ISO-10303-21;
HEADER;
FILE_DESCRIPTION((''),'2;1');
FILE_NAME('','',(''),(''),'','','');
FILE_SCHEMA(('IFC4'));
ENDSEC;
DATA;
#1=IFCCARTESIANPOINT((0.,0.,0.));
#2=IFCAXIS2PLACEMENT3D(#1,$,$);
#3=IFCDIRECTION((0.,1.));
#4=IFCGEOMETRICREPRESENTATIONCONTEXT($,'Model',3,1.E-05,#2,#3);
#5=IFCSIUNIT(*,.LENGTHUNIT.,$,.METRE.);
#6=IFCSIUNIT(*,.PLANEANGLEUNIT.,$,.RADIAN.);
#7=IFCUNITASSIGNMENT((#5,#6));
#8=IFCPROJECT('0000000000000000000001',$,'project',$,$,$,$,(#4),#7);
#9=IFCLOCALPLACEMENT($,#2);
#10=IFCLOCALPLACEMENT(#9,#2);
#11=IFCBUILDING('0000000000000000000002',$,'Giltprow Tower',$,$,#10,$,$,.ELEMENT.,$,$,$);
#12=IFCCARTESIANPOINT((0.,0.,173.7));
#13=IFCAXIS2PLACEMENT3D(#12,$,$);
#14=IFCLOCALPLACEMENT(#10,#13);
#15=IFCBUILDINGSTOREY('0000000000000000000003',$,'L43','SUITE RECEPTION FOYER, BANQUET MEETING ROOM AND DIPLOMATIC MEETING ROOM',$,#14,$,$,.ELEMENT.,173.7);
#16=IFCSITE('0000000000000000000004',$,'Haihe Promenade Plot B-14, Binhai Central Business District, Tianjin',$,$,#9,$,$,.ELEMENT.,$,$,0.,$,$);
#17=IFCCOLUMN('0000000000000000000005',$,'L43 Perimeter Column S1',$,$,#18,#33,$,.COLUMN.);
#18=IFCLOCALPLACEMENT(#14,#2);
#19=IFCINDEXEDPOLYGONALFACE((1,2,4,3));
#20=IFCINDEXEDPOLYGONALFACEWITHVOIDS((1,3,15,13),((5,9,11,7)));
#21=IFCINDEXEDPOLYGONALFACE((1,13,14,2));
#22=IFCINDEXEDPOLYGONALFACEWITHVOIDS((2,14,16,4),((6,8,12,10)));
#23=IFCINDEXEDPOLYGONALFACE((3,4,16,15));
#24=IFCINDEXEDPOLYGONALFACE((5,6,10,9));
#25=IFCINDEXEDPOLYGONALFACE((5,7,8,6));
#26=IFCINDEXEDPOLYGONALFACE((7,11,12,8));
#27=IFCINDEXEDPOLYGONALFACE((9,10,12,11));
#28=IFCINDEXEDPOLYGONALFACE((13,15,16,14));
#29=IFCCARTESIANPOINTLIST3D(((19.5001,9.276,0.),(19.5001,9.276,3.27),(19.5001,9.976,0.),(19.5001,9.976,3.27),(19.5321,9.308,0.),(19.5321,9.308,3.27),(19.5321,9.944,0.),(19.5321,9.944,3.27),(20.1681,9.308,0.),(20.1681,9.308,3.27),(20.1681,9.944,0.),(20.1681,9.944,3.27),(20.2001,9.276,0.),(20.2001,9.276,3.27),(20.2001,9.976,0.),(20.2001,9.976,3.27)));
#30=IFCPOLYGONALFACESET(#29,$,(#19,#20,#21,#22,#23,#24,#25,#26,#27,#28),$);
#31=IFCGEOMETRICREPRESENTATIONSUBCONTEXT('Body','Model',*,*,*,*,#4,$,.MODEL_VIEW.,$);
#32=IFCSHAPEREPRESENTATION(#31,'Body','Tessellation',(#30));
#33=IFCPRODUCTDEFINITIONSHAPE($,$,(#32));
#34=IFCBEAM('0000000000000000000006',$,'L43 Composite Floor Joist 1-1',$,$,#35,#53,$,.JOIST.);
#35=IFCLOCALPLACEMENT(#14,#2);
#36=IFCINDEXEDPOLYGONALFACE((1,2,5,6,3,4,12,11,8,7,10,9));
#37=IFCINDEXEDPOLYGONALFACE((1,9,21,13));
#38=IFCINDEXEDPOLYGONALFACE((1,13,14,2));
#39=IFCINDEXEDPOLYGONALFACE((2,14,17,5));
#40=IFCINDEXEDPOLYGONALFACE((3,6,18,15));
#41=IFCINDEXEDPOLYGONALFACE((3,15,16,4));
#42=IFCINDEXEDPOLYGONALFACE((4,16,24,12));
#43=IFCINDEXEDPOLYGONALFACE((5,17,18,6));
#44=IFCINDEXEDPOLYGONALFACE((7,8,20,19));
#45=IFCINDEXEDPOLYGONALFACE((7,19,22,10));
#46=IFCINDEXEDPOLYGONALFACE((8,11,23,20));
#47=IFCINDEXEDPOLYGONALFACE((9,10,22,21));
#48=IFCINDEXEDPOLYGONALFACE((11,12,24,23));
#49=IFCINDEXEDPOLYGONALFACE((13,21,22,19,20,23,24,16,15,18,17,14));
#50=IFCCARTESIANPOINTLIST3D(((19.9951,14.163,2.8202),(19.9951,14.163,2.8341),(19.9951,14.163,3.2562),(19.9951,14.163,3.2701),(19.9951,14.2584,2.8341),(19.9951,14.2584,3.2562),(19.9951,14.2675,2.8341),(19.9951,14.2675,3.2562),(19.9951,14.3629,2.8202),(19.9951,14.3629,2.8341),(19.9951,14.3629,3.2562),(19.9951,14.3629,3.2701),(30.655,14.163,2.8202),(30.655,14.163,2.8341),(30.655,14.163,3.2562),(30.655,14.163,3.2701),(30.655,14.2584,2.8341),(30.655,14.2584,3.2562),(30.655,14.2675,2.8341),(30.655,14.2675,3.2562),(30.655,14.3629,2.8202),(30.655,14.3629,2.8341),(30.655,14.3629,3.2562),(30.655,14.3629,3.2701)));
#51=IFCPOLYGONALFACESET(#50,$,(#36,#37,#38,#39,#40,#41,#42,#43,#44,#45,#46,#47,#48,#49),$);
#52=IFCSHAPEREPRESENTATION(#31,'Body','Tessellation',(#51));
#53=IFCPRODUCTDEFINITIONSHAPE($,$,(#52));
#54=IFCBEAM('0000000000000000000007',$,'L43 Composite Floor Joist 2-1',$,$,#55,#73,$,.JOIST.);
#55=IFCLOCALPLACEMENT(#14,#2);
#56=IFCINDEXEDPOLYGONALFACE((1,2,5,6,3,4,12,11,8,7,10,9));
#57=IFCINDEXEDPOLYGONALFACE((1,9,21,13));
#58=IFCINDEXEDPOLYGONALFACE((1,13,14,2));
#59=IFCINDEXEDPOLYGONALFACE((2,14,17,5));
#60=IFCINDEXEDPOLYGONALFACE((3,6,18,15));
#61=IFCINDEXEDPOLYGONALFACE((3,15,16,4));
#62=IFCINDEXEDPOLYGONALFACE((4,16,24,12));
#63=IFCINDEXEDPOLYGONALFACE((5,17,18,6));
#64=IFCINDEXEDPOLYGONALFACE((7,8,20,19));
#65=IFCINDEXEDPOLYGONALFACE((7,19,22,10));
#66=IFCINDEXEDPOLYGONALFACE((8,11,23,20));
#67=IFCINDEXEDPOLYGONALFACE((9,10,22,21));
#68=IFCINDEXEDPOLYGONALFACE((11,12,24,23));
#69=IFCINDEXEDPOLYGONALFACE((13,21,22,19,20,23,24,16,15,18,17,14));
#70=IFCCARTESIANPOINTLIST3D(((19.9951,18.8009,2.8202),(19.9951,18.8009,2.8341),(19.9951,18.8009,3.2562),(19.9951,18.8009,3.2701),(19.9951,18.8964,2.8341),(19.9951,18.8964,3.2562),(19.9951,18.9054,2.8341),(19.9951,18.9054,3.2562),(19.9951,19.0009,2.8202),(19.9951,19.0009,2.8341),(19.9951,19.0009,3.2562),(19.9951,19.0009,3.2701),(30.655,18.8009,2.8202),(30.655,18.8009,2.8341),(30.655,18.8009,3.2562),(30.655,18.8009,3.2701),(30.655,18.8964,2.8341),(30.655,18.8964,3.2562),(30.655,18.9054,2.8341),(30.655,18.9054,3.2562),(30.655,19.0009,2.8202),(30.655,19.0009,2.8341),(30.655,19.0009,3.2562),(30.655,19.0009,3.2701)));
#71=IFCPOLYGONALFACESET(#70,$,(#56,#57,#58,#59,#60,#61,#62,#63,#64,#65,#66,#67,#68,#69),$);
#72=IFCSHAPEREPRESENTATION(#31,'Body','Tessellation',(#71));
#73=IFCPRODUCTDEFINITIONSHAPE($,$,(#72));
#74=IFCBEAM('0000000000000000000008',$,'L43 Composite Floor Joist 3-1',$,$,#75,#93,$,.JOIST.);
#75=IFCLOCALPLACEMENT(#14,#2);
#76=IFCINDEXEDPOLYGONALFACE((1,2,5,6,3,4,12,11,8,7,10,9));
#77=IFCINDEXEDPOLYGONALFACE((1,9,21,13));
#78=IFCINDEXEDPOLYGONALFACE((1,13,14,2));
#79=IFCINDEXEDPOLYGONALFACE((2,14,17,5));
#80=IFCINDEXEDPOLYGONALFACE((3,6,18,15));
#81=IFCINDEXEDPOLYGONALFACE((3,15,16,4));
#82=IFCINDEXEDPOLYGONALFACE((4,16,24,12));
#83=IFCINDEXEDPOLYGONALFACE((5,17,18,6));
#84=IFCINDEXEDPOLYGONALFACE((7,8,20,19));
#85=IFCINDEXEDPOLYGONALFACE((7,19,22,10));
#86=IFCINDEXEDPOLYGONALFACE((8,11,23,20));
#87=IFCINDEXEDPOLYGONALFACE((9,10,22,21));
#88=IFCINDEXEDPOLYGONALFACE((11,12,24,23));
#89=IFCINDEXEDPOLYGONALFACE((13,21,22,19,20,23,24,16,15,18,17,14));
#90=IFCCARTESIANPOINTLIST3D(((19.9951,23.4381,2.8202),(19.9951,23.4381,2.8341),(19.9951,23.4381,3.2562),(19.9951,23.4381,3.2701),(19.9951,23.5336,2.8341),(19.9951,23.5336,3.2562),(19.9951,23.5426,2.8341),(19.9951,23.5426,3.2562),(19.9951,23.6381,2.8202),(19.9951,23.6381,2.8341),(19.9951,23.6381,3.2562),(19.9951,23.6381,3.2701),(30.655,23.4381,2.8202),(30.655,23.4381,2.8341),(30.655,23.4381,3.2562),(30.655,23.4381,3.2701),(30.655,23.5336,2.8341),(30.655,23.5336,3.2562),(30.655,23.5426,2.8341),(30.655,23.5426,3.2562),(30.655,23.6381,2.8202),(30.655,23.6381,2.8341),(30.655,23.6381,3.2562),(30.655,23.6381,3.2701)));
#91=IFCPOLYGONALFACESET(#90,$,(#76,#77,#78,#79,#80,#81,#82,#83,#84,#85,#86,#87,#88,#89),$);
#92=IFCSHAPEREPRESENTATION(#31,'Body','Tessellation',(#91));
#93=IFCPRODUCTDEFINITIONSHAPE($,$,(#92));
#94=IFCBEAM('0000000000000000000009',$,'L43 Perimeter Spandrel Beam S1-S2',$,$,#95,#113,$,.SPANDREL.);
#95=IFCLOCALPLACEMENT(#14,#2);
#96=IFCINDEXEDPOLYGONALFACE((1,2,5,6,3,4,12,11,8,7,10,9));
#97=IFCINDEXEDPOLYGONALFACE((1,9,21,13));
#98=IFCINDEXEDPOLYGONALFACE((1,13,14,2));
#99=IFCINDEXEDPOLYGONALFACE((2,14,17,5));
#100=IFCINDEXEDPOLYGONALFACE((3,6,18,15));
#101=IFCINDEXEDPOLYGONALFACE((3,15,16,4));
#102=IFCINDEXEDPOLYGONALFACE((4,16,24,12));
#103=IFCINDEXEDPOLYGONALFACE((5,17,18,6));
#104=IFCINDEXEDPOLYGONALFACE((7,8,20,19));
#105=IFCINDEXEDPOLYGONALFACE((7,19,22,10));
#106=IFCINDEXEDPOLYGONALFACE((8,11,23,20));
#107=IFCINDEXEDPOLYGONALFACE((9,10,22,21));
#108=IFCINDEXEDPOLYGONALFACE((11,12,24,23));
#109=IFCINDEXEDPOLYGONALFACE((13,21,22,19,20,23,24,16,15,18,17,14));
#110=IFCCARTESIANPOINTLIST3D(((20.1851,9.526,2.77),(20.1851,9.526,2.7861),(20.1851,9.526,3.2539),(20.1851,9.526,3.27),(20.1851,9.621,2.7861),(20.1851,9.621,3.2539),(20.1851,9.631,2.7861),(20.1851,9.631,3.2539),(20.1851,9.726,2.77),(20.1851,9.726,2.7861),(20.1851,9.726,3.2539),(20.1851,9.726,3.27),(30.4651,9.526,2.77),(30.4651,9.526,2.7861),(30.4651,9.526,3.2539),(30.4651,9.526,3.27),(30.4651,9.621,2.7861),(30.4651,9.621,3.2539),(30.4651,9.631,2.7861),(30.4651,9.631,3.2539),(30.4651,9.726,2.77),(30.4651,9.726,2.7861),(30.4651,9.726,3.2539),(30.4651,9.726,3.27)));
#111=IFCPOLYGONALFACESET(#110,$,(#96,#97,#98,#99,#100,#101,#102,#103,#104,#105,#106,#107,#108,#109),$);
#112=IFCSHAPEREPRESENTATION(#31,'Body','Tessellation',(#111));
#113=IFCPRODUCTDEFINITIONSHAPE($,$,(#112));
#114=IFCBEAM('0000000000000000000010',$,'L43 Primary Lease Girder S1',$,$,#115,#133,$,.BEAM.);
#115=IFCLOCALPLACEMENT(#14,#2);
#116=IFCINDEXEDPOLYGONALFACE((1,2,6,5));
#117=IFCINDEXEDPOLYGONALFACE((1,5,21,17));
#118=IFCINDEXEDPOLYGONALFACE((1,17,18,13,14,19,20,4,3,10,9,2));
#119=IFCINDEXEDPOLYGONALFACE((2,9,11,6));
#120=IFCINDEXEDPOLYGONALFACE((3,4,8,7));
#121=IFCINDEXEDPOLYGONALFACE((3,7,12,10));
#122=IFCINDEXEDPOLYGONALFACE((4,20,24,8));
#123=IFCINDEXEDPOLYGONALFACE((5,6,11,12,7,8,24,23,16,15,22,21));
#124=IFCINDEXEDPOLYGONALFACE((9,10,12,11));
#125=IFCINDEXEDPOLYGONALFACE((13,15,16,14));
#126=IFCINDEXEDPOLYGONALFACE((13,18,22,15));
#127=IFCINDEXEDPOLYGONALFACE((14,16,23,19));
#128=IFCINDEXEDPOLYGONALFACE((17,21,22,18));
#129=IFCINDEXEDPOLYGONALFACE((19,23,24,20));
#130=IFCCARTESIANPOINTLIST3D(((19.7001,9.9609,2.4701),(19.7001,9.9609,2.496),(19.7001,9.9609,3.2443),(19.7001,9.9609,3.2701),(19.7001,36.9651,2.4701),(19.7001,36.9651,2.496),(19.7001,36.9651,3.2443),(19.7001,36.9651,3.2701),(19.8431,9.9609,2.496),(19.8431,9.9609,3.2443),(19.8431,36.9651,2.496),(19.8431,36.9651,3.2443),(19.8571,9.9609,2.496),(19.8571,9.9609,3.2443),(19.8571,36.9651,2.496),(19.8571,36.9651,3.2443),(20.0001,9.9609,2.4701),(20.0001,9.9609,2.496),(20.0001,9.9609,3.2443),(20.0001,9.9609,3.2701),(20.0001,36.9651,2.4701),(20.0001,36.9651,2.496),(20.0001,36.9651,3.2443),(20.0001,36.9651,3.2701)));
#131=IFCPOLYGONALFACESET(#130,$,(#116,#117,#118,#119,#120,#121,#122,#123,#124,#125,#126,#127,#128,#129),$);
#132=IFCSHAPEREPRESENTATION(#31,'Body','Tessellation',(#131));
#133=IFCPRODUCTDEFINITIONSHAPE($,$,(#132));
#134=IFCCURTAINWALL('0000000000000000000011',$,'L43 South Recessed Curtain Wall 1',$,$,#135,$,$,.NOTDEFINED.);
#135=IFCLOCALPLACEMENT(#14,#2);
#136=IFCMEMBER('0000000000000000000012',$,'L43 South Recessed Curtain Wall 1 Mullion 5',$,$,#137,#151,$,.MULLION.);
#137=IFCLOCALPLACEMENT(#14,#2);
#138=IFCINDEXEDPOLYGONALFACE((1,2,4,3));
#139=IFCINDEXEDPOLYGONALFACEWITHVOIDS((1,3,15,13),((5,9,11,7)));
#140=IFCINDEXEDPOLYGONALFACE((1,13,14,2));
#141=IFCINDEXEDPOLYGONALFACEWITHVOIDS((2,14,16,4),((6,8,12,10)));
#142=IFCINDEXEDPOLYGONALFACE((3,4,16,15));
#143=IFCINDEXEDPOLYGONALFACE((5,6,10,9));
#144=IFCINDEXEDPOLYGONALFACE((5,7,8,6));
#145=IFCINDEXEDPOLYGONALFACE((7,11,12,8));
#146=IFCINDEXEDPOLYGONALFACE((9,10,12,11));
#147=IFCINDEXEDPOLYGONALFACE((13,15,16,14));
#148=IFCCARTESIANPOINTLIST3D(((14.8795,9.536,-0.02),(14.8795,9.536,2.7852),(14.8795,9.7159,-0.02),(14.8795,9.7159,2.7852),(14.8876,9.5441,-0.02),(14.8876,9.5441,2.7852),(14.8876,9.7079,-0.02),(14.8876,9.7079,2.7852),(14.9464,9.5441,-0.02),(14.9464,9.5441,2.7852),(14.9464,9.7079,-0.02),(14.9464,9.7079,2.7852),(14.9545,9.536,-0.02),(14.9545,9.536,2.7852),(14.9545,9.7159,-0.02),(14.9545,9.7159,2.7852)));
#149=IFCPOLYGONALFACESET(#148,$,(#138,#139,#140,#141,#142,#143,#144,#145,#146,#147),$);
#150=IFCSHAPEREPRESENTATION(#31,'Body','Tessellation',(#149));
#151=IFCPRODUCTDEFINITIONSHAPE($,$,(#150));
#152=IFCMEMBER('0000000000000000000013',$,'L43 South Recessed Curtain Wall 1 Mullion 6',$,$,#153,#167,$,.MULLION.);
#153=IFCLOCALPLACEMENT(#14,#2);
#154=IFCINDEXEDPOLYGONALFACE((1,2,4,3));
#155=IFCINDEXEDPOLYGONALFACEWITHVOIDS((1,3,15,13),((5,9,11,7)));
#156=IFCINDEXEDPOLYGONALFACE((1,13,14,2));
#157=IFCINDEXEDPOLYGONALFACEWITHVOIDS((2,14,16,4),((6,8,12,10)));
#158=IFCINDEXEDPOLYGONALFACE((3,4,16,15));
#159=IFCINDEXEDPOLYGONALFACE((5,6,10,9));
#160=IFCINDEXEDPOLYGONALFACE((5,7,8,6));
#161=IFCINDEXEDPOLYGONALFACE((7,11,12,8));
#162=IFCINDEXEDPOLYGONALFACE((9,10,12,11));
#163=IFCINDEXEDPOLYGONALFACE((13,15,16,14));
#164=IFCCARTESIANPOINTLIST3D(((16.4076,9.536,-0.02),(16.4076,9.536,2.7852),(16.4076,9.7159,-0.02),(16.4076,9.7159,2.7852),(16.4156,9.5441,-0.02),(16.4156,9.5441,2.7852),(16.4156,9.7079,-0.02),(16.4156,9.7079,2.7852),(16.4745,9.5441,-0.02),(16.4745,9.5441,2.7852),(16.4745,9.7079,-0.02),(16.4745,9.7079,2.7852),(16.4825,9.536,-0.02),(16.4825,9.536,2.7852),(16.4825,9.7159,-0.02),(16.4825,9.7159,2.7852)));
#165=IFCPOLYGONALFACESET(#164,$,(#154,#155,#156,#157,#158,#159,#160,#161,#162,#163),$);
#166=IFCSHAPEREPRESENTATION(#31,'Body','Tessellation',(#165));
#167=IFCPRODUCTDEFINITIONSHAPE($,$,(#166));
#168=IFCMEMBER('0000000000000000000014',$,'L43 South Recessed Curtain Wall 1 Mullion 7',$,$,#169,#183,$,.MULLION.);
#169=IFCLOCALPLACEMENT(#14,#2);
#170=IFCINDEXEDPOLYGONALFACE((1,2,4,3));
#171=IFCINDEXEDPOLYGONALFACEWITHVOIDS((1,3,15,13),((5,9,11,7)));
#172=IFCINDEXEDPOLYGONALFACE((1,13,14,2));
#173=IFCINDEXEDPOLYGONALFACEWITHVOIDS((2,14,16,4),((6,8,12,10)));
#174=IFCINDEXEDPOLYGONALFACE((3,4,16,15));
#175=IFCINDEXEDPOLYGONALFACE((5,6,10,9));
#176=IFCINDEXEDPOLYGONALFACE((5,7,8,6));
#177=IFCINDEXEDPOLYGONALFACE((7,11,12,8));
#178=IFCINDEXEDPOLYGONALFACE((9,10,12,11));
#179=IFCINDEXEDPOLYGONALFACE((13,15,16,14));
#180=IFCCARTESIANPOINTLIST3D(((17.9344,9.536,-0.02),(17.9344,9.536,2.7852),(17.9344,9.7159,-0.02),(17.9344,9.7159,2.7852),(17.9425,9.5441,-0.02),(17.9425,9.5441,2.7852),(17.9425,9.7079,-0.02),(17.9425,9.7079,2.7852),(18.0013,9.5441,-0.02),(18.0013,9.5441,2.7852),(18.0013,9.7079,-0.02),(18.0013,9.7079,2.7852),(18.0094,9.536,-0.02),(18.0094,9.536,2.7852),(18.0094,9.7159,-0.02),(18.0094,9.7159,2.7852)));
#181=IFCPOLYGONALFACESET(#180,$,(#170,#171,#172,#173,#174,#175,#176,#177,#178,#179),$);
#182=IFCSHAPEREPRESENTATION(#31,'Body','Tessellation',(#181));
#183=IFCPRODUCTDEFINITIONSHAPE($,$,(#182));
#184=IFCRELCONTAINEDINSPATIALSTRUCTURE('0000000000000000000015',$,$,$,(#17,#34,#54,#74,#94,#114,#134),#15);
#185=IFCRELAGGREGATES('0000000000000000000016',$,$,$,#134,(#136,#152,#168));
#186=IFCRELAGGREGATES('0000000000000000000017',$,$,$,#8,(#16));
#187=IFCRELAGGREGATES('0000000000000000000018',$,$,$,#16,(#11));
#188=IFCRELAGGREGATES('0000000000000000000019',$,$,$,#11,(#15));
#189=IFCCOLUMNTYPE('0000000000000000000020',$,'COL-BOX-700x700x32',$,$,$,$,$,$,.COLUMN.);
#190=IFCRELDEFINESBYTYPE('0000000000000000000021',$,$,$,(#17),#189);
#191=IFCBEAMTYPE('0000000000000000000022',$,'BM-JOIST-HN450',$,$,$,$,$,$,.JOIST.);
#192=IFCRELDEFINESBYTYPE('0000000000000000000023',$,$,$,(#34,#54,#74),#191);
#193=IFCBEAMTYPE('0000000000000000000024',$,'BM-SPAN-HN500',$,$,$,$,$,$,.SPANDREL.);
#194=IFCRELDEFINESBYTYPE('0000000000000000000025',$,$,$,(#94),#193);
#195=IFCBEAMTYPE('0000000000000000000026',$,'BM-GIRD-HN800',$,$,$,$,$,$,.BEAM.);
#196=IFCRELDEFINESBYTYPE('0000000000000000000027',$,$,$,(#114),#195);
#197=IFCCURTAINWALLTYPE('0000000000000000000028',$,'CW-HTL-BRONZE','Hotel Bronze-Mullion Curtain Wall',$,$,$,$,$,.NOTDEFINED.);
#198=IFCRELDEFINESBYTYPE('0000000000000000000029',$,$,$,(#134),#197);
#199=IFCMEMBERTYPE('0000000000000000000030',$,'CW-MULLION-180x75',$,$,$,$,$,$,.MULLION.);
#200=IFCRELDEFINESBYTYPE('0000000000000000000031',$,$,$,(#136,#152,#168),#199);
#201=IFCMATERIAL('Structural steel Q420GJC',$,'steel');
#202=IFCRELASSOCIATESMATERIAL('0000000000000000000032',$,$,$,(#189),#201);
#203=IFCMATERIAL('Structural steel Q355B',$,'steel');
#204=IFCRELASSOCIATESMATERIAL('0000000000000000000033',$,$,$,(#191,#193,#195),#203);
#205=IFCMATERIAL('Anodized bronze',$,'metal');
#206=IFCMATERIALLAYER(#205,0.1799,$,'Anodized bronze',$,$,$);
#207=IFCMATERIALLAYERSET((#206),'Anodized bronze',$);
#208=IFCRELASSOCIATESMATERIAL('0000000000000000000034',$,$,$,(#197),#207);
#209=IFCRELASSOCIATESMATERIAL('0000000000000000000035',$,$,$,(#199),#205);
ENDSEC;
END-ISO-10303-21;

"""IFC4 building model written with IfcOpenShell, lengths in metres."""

from ifc_helpers import new_model, si_unit, direction, frame, origin, origin_2d, place, context, subcontext, project, spatial, hollow_rectangle, i_section, extrude, source, transform, mapped, material, layer, layer_set, material_profile, profile_set, type_object, element, aggregate, save


model = new_model("IFC4")

# Units and contexts
model_context = context("Model", 3, precision=1e-05, world=origin(), true_north=direction((0.0, 1.0)))
body_context = subcontext(model_context, "Body", "Model", "MODEL_VIEW")
ifc_project = project(units=[si_unit("LENGTHUNIT", "METRE"), si_unit("PLANEANGLEUNIT", "RADIAN")], contexts=[model_context])

# Site, building, storey
site_placement = place(None, origin())
site = spatial("IfcSite", under=ifc_project, at=site_placement, Name="Haihe Promenade Plot B-14, Binhai Central Business District, Tianjin", CompositionType="ELEMENT", RefElevation=0.0)
building_placement = place(site_placement, origin())
building = spatial("IfcBuilding", under=site, at=building_placement, Name="Giltprow Tower", CompositionType="ELEMENT")
storey_placement = place(building_placement, frame((0.0, 0.0, 173.7)))
storey = spatial("IfcBuildingStorey", under=building, at=storey_placement, Name="L43", Description="SUITE RECEPTION FOYER, BANQUET MEETING ROOM AND DIPLOMATIC MEETING ROOM", CompositionType="ELEMENT", Elevation=173.7)

# Column
ifc_material_1 = material(Name="Structural steel Q420GJC", Category="steel")
ifc_material_profile_1 = material_profile(ifc_material_1, hollow_rectangle(XDim=0.7, YDim=0.7, WallThickness=0.032, at=origin_2d()), Name="BOX 700x700x32")
ifc_profile_set_1 = profile_set([ifc_material_profile_1], Name="Structural steel Q420GJC")
column_type = type_object("IfcColumnType", Name="COL-BOX-700x700x32", PredefinedType="COLUMN", material=ifc_profile_set_1)
shared_shape_1 = source(origin(), body_context, "Body", "SweptSolid", [
    extrude(hollow_rectangle(XDim=0.7, YDim=0.7, WallThickness=0.032, at=origin_2d()), origin(), (0.0, 0.0, 1.0), 3.27),
])
column_placement = place(storey_placement, frame((19.8501, 9.626, 0.0), z_axis=(0.0, 0.0, 1.0), x_axis=(1.0, 0.0, 0.0)))
element("IfcColumn", 1, at=column_placement, inside=storey, type_object=column_type, Name="L43 Perimeter Column S1", PredefinedType="COLUMN", context=body_context, shape_type="MappedRepresentation", body=[
    mapped(shared_shape_1, transform((0.0, 0.0, 0.0), x_axis=(1.0, 0.0, 0.0), y_axis=(0.0, 1.0, 0.0), z_axis=(0.0, 0.0, 1.0), scale=1.0)),
])

# Beams
ifc_material_2 = material(Name="Structural steel Q355B", Category="steel")
ifc_material_profile_2 = material_profile(ifc_material_2, i_section(OverallWidth=0.2, OverallDepth=0.45, WebThickness=0.009, FlangeThickness=0.0139, at=origin_2d()), Name="HN 450x200x9x14")
ifc_profile_set_2 = profile_set([ifc_material_profile_2], Name="Structural steel Q355B")
beam_type_1 = type_object("IfcBeamType", Name="BM-JOIST-HN450", PredefinedType="JOIST", material=ifc_profile_set_2)
shared_shape_2 = source(origin(), body_context, "Body", "SweptSolid", [
    extrude(i_section(OverallWidth=0.2, OverallDepth=0.45, WebThickness=0.009, FlangeThickness=0.0139, at=origin_2d()), origin(), (0.0, 0.0, 1.0), 10.6599),
])
for number, where, z_axis, x_axis, name in (
    (2, (19.9951, 14.2629, 3.0452), (1.0, 0.0, 0.0), (0.0, 1.0, 0.0), "L43 Composite Floor Joist 1-1"),
    (3, (19.9951, 18.9009, 3.0452), (1.0, 0.0, 0.0), (0.0, 1.0, 0.0), "L43 Composite Floor Joist 2-1"),
    (4, (19.9951, 23.5381, 3.0452), (1.0, 0.0, 0.0), (0.0, 1.0, 0.0), "L43 Composite Floor Joist 3-1"),
):
    element("IfcBeam", number, at=place(storey_placement, frame(where, z_axis=z_axis, x_axis=x_axis)), inside=storey, type_object=beam_type_1, Name=name, PredefinedType="JOIST", context=body_context, shape_type="MappedRepresentation", body=[
        mapped(shared_shape_2, transform((0.0, 0.0, 0.0), x_axis=(1.0, 0.0, 0.0), y_axis=(0.0, 1.0, 0.0), z_axis=(0.0, 0.0, 1.0), scale=1.0)),
    ])
ifc_material_profile_3 = material_profile(ifc_material_2, i_section(OverallWidth=0.2, OverallDepth=0.5, WebThickness=0.01, FlangeThickness=0.0161, at=origin_2d()), Name="HN 500x200x10x16")
ifc_profile_set_3 = profile_set([ifc_material_profile_3], Name="Structural steel Q355B")
beam_type_2 = type_object("IfcBeamType", Name="BM-SPAN-HN500", PredefinedType="SPANDREL", material=ifc_profile_set_3)
shared_shape_3 = source(origin(), body_context, "Body", "SweptSolid", [
    extrude(i_section(OverallWidth=0.2, OverallDepth=0.5, WebThickness=0.01, FlangeThickness=0.0161, at=origin_2d()), origin(), (0.0, 0.0, 1.0), 10.28),
])
beam_1_placement = place(storey_placement, frame((20.1851, 9.626, 3.02), z_axis=(1.0, 0.0, 0.0), x_axis=(0.0, 1.0, 0.0)))
element("IfcBeam", 5, at=beam_1_placement, inside=storey, type_object=beam_type_2, Name="L43 Perimeter Spandrel Beam S1-S2", PredefinedType="SPANDREL", context=body_context, shape_type="MappedRepresentation", body=[
    mapped(shared_shape_3, transform((0.0, 0.0, 0.0), x_axis=(1.0, 0.0, 0.0), y_axis=(0.0, 1.0, 0.0), z_axis=(0.0, 0.0, 1.0), scale=1.0)),
])
ifc_material_profile_4 = material_profile(ifc_material_2, i_section(OverallWidth=0.3, OverallDepth=0.8, WebThickness=0.0139, FlangeThickness=0.0259, at=origin_2d()), Name="HN 800x300x14x26")
ifc_profile_set_4 = profile_set([ifc_material_profile_4], Name="Structural steel Q355B")
beam_type_3 = type_object("IfcBeamType", Name="BM-GIRD-HN800", PredefinedType="BEAM", material=ifc_profile_set_4)
shared_shape_4 = source(origin(), body_context, "Body", "SweptSolid", [
    extrude(i_section(OverallWidth=0.3, OverallDepth=0.8, WebThickness=0.0139, FlangeThickness=0.0259, at=origin_2d()), origin(), (0.0, 0.0, 1.0), 27.0042),
])
beam_2_placement = place(storey_placement, frame((19.8501, 9.9609, 2.8701), z_axis=(0.0, 1.0, 0.0), x_axis=(-1.0, 0.0, 0.0)))
element("IfcBeam", 6, at=beam_2_placement, inside=storey, type_object=beam_type_3, Name="L43 Primary Lease Girder S1", PredefinedType="BEAM", context=body_context, shape_type="MappedRepresentation", body=[
    mapped(shared_shape_4, transform((0.0, 0.0, 0.0), x_axis=(1.0, 0.0, 0.0), y_axis=(0.0, 1.0, 0.0), z_axis=(0.0, 0.0, 1.0), scale=1.0)),
])

# Curtain wall, members
ifc_material_3 = material(Name="Anodized bronze", Category="metal")
ifc_layer_1 = layer(ifc_material_3, 0.1799, Name="Anodized bronze")
ifc_layer_set_1 = layer_set([ifc_layer_1], Name="Anodized bronze")
curtain_wall_type = type_object("IfcCurtainWallType", Name="CW-HTL-BRONZE", Description="Hotel Bronze-Mullion Curtain Wall", PredefinedType="NOTDEFINED", material=ifc_layer_set_1)
curtain_wall_placement = place(storey_placement, origin())
curtain_wall = element("IfcCurtainWall", 7, at=curtain_wall_placement, inside=storey, type_object=curtain_wall_type, Name="L43 South Recessed Curtain Wall 1", PredefinedType="NOTDEFINED")
ifc_material_profile_5 = material_profile(ifc_material_3, hollow_rectangle(XDim=0.075, YDim=0.1799, WallThickness=0.0081, at=origin_2d()), Name="RHS 180x75x8")
ifc_profile_set_5 = profile_set([ifc_material_profile_5], Name="Anodized bronze")
member_type = type_object("IfcMemberType", Name="CW-MULLION-180x75", PredefinedType="MULLION", material=ifc_profile_set_5)
shared_shape_5 = source(origin(), body_context, "Body", "SweptSolid", [
    extrude(hollow_rectangle(XDim=0.075, YDim=0.1799, WallThickness=0.0081, at=origin_2d()), origin(), (0.0, 0.0, 1.0), 2.8052),
])
member_1_placement = place(storey_placement, frame((14.917, 9.626, -0.02), z_axis=(0.0, 0.0, 1.0), x_axis=(1.0, 0.0, 0.0)))
member_1 = element("IfcMember", 8, at=member_1_placement, type_object=member_type, Name="L43 South Recessed Curtain Wall 1 Mullion 5", PredefinedType="MULLION", context=body_context, shape_type="MappedRepresentation", body=[
    mapped(shared_shape_5, transform((0.0, 0.0, 0.0), x_axis=(1.0, 0.0, 0.0), y_axis=(0.0, 1.0, 0.0), z_axis=(0.0, 0.0, 1.0), scale=1.0)),
])
member_2_placement = place(storey_placement, frame((16.4451, 9.626, -0.02), z_axis=(0.0, 0.0, 1.0), x_axis=(1.0, 0.0, 0.0)))
member_2 = element("IfcMember", 9, at=member_2_placement, type_object=member_type, Name="L43 South Recessed Curtain Wall 1 Mullion 6", PredefinedType="MULLION", context=body_context, shape_type="MappedRepresentation", body=[
    mapped(shared_shape_5, transform((0.0, 0.0, 0.0), x_axis=(1.0, 0.0, 0.0), y_axis=(0.0, 1.0, 0.0), z_axis=(0.0, 0.0, 1.0), scale=1.0)),
])
member_3_placement = place(storey_placement, frame((17.9719, 9.626, -0.02), z_axis=(0.0, 0.0, 1.0), x_axis=(1.0, 0.0, 0.0)))
member_3 = element("IfcMember", 10, at=member_3_placement, type_object=member_type, Name="L43 South Recessed Curtain Wall 1 Mullion 7", PredefinedType="MULLION", context=body_context, shape_type="MappedRepresentation", body=[
    mapped(shared_shape_5, transform((0.0, 0.0, 0.0), x_axis=(1.0, 0.0, 0.0), y_axis=(0.0, 1.0, 0.0), z_axis=(0.0, 0.0, 1.0), scale=1.0)),
])
aggregate(curtain_wall, [member_1, member_2, member_3])

save(model, "model.ifc")
